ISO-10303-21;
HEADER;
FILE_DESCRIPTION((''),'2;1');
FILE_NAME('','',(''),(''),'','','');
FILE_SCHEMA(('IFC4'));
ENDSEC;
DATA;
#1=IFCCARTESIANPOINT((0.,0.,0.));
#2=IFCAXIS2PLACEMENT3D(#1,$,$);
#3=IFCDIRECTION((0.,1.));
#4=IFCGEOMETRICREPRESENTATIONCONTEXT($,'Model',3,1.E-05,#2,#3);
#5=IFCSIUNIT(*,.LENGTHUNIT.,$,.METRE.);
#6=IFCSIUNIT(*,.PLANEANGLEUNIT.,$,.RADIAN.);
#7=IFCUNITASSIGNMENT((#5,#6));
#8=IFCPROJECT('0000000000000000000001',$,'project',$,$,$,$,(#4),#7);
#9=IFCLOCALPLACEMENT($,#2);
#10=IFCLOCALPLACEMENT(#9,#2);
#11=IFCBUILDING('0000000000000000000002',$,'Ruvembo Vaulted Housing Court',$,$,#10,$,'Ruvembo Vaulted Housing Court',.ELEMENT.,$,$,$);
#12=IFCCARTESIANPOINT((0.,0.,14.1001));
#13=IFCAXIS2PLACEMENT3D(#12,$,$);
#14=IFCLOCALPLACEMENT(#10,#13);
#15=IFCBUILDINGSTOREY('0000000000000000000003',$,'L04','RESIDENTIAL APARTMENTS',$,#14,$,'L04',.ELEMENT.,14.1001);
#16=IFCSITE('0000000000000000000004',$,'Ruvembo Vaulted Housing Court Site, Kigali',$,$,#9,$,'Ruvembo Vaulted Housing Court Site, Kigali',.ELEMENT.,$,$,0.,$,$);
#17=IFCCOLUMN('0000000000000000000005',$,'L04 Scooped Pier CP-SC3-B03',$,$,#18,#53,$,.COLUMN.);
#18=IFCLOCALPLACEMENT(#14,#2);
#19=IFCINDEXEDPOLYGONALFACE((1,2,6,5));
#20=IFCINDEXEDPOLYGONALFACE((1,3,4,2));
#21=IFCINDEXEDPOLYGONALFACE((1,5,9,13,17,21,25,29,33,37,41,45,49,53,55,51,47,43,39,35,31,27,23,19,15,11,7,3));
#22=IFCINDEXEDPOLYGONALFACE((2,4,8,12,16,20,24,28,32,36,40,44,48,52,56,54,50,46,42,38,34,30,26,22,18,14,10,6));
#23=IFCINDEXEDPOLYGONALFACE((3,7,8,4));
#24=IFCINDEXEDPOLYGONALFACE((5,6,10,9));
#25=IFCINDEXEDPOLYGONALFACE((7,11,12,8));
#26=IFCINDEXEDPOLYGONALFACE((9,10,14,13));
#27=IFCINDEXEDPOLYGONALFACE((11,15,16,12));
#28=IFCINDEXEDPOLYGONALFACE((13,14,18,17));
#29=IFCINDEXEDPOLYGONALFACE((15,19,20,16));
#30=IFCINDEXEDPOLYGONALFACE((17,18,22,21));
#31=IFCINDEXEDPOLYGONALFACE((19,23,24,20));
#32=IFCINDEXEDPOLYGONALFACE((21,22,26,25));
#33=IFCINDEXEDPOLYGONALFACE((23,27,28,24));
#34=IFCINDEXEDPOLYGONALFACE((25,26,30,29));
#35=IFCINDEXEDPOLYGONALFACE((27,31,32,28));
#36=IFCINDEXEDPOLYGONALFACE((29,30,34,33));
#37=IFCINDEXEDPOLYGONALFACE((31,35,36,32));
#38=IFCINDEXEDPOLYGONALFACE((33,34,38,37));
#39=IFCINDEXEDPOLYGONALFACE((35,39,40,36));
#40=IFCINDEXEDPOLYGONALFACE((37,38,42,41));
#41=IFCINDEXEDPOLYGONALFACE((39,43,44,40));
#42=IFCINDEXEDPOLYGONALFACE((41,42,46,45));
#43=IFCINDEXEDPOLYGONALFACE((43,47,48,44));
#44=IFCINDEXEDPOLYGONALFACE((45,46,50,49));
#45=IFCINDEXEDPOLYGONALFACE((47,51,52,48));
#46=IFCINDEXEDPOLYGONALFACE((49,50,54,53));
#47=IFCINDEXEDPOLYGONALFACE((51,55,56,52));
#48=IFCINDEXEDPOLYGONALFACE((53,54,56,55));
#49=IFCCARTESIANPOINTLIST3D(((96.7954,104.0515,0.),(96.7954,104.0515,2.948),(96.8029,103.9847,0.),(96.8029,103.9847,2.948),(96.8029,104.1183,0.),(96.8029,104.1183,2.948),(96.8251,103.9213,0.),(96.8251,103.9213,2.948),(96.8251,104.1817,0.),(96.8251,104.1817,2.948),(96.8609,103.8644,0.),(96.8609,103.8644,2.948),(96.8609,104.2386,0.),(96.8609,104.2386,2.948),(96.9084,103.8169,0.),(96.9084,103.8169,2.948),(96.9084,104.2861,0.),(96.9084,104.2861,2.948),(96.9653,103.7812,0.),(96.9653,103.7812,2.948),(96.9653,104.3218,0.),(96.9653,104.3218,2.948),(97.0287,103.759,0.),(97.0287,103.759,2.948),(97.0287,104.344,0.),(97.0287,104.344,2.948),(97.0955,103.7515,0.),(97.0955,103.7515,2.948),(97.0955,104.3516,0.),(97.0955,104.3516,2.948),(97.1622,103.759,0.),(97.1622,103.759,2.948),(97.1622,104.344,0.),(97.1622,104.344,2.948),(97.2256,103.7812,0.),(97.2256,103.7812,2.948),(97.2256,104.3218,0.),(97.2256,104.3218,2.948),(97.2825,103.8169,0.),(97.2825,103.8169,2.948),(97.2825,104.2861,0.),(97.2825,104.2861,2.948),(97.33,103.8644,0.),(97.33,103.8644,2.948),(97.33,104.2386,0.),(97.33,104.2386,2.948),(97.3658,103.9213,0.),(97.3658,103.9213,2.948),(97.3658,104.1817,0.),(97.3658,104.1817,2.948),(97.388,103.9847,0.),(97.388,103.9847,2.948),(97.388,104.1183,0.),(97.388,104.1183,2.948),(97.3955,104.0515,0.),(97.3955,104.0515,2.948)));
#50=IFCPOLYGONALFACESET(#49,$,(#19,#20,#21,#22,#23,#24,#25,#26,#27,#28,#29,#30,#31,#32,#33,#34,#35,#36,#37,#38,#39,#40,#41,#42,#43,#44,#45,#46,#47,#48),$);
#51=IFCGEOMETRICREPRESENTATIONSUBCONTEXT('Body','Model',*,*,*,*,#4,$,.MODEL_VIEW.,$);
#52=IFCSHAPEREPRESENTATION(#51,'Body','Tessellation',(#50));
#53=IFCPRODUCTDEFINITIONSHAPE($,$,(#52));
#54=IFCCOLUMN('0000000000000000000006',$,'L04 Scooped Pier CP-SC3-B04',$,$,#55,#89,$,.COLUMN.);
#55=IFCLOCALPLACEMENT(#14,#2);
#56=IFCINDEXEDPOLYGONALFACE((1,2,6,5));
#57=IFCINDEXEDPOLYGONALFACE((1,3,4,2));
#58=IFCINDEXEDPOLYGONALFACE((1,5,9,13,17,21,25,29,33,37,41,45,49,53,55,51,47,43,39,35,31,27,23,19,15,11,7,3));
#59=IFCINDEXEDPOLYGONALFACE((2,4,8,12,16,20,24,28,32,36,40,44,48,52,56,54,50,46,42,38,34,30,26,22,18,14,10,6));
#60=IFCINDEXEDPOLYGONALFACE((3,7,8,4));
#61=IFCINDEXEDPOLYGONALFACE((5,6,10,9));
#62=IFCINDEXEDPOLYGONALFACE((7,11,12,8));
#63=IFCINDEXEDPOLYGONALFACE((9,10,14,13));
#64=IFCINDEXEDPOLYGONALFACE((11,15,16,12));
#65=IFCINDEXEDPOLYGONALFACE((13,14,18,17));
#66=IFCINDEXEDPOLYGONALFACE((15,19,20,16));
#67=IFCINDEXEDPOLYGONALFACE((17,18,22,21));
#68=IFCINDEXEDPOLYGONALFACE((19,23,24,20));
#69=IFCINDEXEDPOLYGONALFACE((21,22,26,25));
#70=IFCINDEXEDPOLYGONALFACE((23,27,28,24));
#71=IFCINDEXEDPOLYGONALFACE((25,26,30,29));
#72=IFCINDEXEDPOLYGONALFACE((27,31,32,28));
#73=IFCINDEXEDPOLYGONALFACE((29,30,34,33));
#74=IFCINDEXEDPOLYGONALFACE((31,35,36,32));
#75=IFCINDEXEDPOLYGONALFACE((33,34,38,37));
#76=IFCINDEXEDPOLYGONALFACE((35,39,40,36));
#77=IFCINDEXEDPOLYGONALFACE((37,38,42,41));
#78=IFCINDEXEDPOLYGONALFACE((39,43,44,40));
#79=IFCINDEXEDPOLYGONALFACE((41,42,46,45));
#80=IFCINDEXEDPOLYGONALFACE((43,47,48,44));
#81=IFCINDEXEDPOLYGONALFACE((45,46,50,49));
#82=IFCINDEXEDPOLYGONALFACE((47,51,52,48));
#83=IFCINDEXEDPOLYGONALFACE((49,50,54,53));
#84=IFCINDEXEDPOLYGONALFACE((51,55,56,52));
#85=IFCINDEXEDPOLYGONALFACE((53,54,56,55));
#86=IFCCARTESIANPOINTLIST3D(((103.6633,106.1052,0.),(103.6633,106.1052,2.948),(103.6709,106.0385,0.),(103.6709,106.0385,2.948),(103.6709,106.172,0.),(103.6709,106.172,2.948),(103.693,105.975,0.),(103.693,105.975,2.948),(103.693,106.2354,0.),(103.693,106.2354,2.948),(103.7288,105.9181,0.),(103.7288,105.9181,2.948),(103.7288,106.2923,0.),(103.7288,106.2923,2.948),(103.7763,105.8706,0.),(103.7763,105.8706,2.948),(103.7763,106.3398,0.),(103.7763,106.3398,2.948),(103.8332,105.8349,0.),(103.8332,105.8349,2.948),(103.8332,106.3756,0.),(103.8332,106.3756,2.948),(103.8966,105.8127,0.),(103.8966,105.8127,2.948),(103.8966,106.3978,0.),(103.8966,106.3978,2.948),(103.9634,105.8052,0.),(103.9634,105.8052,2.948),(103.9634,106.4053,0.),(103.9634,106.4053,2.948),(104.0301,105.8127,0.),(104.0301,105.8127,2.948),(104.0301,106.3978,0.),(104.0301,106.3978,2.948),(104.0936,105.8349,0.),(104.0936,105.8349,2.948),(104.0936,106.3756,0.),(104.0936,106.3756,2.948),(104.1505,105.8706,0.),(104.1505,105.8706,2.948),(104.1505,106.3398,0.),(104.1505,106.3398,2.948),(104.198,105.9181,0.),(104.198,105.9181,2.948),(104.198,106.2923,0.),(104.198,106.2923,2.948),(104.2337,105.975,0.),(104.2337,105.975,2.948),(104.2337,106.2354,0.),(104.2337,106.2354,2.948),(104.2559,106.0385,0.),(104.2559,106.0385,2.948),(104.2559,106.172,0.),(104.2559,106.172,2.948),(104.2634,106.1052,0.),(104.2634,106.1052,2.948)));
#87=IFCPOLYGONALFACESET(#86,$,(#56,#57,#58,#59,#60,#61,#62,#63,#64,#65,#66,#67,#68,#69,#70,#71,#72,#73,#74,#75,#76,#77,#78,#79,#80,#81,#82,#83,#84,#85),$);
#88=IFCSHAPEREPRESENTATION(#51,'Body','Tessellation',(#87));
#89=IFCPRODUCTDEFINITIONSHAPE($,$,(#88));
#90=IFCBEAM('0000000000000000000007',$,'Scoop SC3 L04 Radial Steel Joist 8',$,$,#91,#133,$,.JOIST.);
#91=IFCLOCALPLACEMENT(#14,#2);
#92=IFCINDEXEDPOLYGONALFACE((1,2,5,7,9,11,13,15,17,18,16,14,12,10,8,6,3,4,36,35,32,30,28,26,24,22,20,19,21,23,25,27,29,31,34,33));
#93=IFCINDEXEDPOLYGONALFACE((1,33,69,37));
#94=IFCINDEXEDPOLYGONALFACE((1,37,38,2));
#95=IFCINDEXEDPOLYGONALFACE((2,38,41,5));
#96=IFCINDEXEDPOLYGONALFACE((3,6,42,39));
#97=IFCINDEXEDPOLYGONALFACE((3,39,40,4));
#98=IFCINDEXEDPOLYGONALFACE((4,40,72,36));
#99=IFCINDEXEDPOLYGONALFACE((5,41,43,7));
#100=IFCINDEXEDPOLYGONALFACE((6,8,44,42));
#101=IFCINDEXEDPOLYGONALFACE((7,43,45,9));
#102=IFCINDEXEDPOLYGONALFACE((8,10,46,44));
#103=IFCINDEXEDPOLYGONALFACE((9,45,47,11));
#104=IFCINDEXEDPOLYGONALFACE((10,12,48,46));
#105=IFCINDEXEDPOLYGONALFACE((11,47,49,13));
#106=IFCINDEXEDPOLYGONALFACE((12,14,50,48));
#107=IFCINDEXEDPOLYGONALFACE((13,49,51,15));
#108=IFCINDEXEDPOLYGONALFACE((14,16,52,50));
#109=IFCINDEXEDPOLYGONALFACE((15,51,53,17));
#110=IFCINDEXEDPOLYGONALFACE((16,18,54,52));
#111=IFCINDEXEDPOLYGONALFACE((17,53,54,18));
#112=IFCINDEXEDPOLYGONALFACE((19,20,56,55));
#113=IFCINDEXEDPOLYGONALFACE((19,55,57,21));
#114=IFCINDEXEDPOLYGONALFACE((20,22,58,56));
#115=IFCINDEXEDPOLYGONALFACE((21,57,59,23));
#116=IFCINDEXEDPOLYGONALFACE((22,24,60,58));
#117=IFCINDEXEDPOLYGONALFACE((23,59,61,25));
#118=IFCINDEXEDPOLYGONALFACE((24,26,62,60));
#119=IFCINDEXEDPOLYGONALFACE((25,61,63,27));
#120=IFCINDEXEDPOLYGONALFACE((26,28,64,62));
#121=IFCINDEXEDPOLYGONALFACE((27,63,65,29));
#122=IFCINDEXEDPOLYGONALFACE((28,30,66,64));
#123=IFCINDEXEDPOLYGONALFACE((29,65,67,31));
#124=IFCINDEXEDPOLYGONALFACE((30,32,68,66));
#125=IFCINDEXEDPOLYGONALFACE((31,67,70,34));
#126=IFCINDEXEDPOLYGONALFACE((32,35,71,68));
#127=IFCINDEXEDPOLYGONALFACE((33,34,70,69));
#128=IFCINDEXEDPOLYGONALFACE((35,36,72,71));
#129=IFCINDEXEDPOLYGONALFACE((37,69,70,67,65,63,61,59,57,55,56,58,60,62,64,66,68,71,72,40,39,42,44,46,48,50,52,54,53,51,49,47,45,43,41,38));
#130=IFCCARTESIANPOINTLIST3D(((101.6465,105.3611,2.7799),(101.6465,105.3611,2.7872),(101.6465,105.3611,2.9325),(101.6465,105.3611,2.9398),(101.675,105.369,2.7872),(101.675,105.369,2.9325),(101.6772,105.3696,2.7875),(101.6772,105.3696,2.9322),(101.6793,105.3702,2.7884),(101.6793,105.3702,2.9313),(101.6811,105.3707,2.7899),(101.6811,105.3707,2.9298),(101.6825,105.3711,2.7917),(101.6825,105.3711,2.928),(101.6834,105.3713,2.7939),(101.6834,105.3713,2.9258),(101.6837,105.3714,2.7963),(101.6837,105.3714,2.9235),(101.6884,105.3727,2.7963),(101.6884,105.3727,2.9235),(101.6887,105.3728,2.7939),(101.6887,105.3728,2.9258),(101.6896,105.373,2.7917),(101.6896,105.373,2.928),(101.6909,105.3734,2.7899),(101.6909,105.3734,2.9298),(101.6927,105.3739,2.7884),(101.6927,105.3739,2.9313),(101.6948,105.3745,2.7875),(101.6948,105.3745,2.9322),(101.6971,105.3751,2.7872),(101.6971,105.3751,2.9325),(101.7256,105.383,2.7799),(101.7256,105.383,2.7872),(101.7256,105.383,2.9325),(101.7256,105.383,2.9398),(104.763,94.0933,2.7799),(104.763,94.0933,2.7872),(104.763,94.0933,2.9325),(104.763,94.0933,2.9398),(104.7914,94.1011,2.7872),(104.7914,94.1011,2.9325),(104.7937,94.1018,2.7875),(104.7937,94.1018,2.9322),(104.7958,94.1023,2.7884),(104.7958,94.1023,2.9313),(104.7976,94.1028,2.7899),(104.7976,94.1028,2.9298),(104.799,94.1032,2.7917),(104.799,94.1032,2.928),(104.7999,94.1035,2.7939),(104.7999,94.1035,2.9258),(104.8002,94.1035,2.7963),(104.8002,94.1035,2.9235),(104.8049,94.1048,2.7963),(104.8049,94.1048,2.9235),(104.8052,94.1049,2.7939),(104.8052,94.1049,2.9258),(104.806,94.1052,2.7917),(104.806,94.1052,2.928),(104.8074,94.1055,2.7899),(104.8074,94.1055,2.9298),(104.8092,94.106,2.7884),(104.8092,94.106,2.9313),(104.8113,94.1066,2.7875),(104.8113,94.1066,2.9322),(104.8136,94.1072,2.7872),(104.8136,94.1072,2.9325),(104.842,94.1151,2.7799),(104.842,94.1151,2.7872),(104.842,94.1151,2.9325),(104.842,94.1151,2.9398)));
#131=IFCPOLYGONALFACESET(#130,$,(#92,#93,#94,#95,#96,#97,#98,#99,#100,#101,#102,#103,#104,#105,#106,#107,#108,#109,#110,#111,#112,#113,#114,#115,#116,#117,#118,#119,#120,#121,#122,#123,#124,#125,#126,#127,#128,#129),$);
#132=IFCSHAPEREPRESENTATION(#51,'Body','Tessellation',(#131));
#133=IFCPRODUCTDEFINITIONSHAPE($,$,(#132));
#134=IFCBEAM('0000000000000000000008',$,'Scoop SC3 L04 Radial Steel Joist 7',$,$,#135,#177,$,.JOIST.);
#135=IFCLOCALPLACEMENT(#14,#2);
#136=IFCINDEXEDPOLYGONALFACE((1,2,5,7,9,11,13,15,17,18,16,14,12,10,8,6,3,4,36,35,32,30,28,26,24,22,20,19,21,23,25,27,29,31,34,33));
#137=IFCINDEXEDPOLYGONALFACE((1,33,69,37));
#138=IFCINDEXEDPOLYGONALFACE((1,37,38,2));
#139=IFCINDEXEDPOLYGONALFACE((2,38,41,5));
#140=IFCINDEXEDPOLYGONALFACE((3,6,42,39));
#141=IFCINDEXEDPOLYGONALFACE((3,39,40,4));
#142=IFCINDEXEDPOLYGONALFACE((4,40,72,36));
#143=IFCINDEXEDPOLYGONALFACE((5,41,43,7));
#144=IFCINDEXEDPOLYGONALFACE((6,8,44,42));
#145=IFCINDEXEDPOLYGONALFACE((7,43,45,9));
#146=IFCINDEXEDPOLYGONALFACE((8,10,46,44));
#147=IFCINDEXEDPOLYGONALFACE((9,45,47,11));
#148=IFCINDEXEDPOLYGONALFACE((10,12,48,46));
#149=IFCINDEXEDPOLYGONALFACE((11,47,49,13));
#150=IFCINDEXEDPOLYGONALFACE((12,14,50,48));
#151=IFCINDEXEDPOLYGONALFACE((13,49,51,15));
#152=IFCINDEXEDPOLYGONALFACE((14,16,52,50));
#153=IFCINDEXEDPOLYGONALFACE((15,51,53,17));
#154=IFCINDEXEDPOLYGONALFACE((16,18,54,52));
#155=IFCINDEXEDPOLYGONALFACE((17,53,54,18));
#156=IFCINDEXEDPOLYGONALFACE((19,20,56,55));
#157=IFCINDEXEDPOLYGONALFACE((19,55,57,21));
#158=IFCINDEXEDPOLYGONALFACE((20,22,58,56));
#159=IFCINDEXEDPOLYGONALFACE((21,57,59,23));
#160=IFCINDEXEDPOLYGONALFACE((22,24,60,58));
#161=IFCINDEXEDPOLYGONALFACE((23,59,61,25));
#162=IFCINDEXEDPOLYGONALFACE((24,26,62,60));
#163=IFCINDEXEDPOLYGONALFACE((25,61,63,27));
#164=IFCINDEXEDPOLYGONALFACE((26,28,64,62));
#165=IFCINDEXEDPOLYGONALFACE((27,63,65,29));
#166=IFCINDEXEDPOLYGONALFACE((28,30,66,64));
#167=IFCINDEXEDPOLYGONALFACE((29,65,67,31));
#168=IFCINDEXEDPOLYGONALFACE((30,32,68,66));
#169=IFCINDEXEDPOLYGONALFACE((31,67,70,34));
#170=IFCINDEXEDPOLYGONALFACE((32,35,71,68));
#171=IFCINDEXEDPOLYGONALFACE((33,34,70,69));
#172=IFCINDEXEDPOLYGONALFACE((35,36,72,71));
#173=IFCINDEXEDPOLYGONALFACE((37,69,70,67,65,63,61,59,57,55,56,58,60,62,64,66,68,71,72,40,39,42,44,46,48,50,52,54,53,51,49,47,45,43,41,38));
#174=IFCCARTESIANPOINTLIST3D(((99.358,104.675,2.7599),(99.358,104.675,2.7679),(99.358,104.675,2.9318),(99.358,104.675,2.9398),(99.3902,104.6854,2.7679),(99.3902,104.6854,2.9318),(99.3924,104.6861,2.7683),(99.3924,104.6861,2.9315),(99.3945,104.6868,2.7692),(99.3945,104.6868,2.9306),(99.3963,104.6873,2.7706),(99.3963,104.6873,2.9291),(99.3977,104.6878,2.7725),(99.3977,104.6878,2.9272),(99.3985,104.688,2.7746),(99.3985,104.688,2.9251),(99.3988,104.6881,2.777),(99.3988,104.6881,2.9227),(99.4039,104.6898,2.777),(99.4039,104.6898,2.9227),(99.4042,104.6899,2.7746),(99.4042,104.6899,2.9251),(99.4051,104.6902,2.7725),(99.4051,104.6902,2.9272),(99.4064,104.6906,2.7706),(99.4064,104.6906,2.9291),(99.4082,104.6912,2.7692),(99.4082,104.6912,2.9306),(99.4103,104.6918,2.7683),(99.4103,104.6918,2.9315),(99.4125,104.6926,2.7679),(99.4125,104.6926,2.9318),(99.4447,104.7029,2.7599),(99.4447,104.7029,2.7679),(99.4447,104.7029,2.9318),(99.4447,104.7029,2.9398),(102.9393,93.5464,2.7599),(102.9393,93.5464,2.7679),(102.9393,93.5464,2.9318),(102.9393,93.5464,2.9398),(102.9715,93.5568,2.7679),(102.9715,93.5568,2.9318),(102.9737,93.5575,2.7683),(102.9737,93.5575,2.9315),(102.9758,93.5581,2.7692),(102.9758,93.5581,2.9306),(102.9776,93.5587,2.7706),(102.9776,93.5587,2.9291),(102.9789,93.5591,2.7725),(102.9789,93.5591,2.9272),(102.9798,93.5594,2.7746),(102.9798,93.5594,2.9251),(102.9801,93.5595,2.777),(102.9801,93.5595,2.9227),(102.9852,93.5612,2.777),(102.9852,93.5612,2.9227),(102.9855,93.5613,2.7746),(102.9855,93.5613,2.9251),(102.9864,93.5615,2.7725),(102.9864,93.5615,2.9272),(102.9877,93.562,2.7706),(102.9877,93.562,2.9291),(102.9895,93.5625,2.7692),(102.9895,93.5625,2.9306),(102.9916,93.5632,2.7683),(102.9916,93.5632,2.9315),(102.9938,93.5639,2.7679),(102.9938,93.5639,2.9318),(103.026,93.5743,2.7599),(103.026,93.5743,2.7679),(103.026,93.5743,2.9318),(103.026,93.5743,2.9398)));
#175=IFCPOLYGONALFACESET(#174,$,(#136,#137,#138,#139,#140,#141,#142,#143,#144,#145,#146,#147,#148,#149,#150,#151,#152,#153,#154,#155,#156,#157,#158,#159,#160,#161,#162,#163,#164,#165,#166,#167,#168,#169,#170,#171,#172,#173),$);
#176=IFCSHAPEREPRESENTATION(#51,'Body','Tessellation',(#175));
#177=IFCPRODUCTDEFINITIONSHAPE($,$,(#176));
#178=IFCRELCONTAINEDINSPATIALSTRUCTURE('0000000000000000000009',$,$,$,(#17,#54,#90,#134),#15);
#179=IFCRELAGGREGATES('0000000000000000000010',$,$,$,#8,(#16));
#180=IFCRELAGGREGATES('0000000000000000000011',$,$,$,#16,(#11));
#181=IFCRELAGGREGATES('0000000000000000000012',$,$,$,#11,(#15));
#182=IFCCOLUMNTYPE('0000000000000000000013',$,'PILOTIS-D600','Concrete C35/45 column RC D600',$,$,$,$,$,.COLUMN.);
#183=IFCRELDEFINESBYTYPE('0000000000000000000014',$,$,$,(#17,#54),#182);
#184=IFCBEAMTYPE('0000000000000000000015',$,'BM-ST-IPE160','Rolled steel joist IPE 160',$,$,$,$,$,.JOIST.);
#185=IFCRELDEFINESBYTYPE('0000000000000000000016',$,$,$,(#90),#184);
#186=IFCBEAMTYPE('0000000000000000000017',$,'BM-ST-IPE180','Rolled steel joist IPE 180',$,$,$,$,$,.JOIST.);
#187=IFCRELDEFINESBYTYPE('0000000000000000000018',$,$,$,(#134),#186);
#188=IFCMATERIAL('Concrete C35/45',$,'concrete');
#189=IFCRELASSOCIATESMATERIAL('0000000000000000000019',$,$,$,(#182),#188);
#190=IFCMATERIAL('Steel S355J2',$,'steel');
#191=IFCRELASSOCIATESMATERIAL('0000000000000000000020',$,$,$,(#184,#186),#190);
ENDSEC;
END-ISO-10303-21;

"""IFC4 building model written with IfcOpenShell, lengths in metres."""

from ifc_helpers import new_model, si_unit, direction, frame, origin, origin_2d, place, context, subcontext, project, spatial, circle, i_section, extrude, material, material_profile, profile_set, type_object, element, save


model = new_model("IFC4")

# Units and contexts
model_context = context("Model", 3, precision=1e-05, world=origin(), true_north=direction((0.0, 1.0)))
body_context = subcontext(model_context, "Body", "Model", "MODEL_VIEW")
ifc_project = project(units=[si_unit("LENGTHUNIT", "METRE"), si_unit("PLANEANGLEUNIT", "RADIAN")], contexts=[model_context])

# Site, building, storey
site_placement = place(None, origin())
site = spatial("IfcSite", under=ifc_project, at=site_placement, Name="Ruvembo Vaulted Housing Court Site, Kigali", LongName="Ruvembo Vaulted Housing Court Site, Kigali", CompositionType="ELEMENT", RefElevation=0.0)
building_placement = place(site_placement, origin())
building = spatial("IfcBuilding", under=site, at=building_placement, Name="Ruvembo Vaulted Housing Court", LongName="Ruvembo Vaulted Housing Court", CompositionType="ELEMENT")
storey_placement = place(building_placement, frame((0.0, 0.0, 14.1001)))
storey = spatial("IfcBuildingStorey", under=building, at=storey_placement, Name="L04", Description="RESIDENTIAL APARTMENTS", LongName="L04", CompositionType="ELEMENT", Elevation=14.1001)

# Columns
ifc_material_1 = material(Name="Concrete C35/45", Category="concrete")
ifc_material_profile_1 = material_profile(ifc_material_1, circle(Radius=0.3, at=origin_2d()), Name="RC D600")
ifc_profile_set_1 = profile_set([ifc_material_profile_1], Name="Concrete C35/45")
column_type = type_object("IfcColumnType", Name="PILOTIS-D600", Description="Concrete C35/45 column RC D600", PredefinedType="COLUMN", material=ifc_profile_set_1)
for number, where, z_axis, x_axis, name in (
    (1, (97.0955, 104.0515, 0.0), (0.0, 0.0, 1.0), (1.0, 0.0, 0.0), "L04 Scooped Pier CP-SC3-B03"),
    (2, (103.9634, 106.1052, 0.0), (0.0, 0.0, 1.0), (1.0, 0.0, 0.0), "L04 Scooped Pier CP-SC3-B04"),
):
    element("IfcColumn", number, at=place(storey_placement, frame(where, z_axis=z_axis, x_axis=x_axis)), inside=storey, type_object=column_type, Name=name, PredefinedType="COLUMN", context=body_context, shape_type="SweptSolid", body=[
        extrude(circle(Radius=0.3, at=origin_2d()), origin(), (0.0, 0.0, 1.0), 2.948),
    ])

# Beams
ifc_material_2 = material(Name="Steel S355J2", Category="steel")
ifc_material_profile_2 = material_profile(ifc_material_2, i_section(OverallWidth=0.082, OverallDepth=0.1599, WebThickness=0.0049, FlangeThickness=0.0073, FilletRadius=0.009, at=origin_2d()), Name="IPE 160")
ifc_profile_set_2 = profile_set([ifc_material_profile_2], Name="Steel S355J2")
beam_type_1 = type_object("IfcBeamType", Name="BM-ST-IPE160", Description="Rolled steel joist IPE 160", PredefinedType="JOIST", material=ifc_profile_set_2)
beam_1_placement = place(storey_placement, frame((101.686, 105.3721, 2.8599), z_axis=(0.266572, -0.963815, 0.0), x_axis=(0.963815, 0.266572, 0.0)))
element("IfcBeam", 3, at=beam_1_placement, inside=storey, type_object=beam_type_1, Name="Scoop SC3 L04 Radial Steel Joist 8", PredefinedType="JOIST", context=body_context, shape_type="SweptSolid", body=[
    extrude(i_section(OverallWidth=0.082, OverallDepth=0.1599, WebThickness=0.0049, FlangeThickness=0.0073, FilletRadius=0.009, at=origin_2d()), origin(), (0.0, 0.0, 1.0), 11.6909),
])
ifc_material_profile_3 = material_profile(ifc_material_2, i_section(OverallWidth=0.0911, OverallDepth=0.1799, WebThickness=0.0054, FlangeThickness=0.0081, FilletRadius=0.009, at=origin_2d()), Name="IPE 180")
ifc_profile_set_3 = profile_set([ifc_material_profile_3], Name="Steel S355J2")
beam_type_2 = type_object("IfcBeamType", Name="BM-ST-IPE180", Description="Rolled steel joist IPE 180", PredefinedType="JOIST", material=ifc_profile_set_3)
beam_2_placement = place(storey_placement, frame((99.4014, 104.689, 2.8499), z_axis=(0.306337, -0.951923, 0.0), x_axis=(0.951923, 0.306337, 0.0)))
element("IfcBeam", 4, at=beam_2_placement, inside=storey, type_object=beam_type_2, Name="Scoop SC3 L04 Radial Steel Joist 7", PredefinedType="JOIST", context=body_context, shape_type="SweptSolid", body=[
    extrude(i_section(OverallWidth=0.0911, OverallDepth=0.1799, WebThickness=0.0054, FlangeThickness=0.0081, FilletRadius=0.009, at=origin_2d()), origin(), (0.0, 0.0, 1.0), 11.6907),
])

save(model, "model.ifc")
